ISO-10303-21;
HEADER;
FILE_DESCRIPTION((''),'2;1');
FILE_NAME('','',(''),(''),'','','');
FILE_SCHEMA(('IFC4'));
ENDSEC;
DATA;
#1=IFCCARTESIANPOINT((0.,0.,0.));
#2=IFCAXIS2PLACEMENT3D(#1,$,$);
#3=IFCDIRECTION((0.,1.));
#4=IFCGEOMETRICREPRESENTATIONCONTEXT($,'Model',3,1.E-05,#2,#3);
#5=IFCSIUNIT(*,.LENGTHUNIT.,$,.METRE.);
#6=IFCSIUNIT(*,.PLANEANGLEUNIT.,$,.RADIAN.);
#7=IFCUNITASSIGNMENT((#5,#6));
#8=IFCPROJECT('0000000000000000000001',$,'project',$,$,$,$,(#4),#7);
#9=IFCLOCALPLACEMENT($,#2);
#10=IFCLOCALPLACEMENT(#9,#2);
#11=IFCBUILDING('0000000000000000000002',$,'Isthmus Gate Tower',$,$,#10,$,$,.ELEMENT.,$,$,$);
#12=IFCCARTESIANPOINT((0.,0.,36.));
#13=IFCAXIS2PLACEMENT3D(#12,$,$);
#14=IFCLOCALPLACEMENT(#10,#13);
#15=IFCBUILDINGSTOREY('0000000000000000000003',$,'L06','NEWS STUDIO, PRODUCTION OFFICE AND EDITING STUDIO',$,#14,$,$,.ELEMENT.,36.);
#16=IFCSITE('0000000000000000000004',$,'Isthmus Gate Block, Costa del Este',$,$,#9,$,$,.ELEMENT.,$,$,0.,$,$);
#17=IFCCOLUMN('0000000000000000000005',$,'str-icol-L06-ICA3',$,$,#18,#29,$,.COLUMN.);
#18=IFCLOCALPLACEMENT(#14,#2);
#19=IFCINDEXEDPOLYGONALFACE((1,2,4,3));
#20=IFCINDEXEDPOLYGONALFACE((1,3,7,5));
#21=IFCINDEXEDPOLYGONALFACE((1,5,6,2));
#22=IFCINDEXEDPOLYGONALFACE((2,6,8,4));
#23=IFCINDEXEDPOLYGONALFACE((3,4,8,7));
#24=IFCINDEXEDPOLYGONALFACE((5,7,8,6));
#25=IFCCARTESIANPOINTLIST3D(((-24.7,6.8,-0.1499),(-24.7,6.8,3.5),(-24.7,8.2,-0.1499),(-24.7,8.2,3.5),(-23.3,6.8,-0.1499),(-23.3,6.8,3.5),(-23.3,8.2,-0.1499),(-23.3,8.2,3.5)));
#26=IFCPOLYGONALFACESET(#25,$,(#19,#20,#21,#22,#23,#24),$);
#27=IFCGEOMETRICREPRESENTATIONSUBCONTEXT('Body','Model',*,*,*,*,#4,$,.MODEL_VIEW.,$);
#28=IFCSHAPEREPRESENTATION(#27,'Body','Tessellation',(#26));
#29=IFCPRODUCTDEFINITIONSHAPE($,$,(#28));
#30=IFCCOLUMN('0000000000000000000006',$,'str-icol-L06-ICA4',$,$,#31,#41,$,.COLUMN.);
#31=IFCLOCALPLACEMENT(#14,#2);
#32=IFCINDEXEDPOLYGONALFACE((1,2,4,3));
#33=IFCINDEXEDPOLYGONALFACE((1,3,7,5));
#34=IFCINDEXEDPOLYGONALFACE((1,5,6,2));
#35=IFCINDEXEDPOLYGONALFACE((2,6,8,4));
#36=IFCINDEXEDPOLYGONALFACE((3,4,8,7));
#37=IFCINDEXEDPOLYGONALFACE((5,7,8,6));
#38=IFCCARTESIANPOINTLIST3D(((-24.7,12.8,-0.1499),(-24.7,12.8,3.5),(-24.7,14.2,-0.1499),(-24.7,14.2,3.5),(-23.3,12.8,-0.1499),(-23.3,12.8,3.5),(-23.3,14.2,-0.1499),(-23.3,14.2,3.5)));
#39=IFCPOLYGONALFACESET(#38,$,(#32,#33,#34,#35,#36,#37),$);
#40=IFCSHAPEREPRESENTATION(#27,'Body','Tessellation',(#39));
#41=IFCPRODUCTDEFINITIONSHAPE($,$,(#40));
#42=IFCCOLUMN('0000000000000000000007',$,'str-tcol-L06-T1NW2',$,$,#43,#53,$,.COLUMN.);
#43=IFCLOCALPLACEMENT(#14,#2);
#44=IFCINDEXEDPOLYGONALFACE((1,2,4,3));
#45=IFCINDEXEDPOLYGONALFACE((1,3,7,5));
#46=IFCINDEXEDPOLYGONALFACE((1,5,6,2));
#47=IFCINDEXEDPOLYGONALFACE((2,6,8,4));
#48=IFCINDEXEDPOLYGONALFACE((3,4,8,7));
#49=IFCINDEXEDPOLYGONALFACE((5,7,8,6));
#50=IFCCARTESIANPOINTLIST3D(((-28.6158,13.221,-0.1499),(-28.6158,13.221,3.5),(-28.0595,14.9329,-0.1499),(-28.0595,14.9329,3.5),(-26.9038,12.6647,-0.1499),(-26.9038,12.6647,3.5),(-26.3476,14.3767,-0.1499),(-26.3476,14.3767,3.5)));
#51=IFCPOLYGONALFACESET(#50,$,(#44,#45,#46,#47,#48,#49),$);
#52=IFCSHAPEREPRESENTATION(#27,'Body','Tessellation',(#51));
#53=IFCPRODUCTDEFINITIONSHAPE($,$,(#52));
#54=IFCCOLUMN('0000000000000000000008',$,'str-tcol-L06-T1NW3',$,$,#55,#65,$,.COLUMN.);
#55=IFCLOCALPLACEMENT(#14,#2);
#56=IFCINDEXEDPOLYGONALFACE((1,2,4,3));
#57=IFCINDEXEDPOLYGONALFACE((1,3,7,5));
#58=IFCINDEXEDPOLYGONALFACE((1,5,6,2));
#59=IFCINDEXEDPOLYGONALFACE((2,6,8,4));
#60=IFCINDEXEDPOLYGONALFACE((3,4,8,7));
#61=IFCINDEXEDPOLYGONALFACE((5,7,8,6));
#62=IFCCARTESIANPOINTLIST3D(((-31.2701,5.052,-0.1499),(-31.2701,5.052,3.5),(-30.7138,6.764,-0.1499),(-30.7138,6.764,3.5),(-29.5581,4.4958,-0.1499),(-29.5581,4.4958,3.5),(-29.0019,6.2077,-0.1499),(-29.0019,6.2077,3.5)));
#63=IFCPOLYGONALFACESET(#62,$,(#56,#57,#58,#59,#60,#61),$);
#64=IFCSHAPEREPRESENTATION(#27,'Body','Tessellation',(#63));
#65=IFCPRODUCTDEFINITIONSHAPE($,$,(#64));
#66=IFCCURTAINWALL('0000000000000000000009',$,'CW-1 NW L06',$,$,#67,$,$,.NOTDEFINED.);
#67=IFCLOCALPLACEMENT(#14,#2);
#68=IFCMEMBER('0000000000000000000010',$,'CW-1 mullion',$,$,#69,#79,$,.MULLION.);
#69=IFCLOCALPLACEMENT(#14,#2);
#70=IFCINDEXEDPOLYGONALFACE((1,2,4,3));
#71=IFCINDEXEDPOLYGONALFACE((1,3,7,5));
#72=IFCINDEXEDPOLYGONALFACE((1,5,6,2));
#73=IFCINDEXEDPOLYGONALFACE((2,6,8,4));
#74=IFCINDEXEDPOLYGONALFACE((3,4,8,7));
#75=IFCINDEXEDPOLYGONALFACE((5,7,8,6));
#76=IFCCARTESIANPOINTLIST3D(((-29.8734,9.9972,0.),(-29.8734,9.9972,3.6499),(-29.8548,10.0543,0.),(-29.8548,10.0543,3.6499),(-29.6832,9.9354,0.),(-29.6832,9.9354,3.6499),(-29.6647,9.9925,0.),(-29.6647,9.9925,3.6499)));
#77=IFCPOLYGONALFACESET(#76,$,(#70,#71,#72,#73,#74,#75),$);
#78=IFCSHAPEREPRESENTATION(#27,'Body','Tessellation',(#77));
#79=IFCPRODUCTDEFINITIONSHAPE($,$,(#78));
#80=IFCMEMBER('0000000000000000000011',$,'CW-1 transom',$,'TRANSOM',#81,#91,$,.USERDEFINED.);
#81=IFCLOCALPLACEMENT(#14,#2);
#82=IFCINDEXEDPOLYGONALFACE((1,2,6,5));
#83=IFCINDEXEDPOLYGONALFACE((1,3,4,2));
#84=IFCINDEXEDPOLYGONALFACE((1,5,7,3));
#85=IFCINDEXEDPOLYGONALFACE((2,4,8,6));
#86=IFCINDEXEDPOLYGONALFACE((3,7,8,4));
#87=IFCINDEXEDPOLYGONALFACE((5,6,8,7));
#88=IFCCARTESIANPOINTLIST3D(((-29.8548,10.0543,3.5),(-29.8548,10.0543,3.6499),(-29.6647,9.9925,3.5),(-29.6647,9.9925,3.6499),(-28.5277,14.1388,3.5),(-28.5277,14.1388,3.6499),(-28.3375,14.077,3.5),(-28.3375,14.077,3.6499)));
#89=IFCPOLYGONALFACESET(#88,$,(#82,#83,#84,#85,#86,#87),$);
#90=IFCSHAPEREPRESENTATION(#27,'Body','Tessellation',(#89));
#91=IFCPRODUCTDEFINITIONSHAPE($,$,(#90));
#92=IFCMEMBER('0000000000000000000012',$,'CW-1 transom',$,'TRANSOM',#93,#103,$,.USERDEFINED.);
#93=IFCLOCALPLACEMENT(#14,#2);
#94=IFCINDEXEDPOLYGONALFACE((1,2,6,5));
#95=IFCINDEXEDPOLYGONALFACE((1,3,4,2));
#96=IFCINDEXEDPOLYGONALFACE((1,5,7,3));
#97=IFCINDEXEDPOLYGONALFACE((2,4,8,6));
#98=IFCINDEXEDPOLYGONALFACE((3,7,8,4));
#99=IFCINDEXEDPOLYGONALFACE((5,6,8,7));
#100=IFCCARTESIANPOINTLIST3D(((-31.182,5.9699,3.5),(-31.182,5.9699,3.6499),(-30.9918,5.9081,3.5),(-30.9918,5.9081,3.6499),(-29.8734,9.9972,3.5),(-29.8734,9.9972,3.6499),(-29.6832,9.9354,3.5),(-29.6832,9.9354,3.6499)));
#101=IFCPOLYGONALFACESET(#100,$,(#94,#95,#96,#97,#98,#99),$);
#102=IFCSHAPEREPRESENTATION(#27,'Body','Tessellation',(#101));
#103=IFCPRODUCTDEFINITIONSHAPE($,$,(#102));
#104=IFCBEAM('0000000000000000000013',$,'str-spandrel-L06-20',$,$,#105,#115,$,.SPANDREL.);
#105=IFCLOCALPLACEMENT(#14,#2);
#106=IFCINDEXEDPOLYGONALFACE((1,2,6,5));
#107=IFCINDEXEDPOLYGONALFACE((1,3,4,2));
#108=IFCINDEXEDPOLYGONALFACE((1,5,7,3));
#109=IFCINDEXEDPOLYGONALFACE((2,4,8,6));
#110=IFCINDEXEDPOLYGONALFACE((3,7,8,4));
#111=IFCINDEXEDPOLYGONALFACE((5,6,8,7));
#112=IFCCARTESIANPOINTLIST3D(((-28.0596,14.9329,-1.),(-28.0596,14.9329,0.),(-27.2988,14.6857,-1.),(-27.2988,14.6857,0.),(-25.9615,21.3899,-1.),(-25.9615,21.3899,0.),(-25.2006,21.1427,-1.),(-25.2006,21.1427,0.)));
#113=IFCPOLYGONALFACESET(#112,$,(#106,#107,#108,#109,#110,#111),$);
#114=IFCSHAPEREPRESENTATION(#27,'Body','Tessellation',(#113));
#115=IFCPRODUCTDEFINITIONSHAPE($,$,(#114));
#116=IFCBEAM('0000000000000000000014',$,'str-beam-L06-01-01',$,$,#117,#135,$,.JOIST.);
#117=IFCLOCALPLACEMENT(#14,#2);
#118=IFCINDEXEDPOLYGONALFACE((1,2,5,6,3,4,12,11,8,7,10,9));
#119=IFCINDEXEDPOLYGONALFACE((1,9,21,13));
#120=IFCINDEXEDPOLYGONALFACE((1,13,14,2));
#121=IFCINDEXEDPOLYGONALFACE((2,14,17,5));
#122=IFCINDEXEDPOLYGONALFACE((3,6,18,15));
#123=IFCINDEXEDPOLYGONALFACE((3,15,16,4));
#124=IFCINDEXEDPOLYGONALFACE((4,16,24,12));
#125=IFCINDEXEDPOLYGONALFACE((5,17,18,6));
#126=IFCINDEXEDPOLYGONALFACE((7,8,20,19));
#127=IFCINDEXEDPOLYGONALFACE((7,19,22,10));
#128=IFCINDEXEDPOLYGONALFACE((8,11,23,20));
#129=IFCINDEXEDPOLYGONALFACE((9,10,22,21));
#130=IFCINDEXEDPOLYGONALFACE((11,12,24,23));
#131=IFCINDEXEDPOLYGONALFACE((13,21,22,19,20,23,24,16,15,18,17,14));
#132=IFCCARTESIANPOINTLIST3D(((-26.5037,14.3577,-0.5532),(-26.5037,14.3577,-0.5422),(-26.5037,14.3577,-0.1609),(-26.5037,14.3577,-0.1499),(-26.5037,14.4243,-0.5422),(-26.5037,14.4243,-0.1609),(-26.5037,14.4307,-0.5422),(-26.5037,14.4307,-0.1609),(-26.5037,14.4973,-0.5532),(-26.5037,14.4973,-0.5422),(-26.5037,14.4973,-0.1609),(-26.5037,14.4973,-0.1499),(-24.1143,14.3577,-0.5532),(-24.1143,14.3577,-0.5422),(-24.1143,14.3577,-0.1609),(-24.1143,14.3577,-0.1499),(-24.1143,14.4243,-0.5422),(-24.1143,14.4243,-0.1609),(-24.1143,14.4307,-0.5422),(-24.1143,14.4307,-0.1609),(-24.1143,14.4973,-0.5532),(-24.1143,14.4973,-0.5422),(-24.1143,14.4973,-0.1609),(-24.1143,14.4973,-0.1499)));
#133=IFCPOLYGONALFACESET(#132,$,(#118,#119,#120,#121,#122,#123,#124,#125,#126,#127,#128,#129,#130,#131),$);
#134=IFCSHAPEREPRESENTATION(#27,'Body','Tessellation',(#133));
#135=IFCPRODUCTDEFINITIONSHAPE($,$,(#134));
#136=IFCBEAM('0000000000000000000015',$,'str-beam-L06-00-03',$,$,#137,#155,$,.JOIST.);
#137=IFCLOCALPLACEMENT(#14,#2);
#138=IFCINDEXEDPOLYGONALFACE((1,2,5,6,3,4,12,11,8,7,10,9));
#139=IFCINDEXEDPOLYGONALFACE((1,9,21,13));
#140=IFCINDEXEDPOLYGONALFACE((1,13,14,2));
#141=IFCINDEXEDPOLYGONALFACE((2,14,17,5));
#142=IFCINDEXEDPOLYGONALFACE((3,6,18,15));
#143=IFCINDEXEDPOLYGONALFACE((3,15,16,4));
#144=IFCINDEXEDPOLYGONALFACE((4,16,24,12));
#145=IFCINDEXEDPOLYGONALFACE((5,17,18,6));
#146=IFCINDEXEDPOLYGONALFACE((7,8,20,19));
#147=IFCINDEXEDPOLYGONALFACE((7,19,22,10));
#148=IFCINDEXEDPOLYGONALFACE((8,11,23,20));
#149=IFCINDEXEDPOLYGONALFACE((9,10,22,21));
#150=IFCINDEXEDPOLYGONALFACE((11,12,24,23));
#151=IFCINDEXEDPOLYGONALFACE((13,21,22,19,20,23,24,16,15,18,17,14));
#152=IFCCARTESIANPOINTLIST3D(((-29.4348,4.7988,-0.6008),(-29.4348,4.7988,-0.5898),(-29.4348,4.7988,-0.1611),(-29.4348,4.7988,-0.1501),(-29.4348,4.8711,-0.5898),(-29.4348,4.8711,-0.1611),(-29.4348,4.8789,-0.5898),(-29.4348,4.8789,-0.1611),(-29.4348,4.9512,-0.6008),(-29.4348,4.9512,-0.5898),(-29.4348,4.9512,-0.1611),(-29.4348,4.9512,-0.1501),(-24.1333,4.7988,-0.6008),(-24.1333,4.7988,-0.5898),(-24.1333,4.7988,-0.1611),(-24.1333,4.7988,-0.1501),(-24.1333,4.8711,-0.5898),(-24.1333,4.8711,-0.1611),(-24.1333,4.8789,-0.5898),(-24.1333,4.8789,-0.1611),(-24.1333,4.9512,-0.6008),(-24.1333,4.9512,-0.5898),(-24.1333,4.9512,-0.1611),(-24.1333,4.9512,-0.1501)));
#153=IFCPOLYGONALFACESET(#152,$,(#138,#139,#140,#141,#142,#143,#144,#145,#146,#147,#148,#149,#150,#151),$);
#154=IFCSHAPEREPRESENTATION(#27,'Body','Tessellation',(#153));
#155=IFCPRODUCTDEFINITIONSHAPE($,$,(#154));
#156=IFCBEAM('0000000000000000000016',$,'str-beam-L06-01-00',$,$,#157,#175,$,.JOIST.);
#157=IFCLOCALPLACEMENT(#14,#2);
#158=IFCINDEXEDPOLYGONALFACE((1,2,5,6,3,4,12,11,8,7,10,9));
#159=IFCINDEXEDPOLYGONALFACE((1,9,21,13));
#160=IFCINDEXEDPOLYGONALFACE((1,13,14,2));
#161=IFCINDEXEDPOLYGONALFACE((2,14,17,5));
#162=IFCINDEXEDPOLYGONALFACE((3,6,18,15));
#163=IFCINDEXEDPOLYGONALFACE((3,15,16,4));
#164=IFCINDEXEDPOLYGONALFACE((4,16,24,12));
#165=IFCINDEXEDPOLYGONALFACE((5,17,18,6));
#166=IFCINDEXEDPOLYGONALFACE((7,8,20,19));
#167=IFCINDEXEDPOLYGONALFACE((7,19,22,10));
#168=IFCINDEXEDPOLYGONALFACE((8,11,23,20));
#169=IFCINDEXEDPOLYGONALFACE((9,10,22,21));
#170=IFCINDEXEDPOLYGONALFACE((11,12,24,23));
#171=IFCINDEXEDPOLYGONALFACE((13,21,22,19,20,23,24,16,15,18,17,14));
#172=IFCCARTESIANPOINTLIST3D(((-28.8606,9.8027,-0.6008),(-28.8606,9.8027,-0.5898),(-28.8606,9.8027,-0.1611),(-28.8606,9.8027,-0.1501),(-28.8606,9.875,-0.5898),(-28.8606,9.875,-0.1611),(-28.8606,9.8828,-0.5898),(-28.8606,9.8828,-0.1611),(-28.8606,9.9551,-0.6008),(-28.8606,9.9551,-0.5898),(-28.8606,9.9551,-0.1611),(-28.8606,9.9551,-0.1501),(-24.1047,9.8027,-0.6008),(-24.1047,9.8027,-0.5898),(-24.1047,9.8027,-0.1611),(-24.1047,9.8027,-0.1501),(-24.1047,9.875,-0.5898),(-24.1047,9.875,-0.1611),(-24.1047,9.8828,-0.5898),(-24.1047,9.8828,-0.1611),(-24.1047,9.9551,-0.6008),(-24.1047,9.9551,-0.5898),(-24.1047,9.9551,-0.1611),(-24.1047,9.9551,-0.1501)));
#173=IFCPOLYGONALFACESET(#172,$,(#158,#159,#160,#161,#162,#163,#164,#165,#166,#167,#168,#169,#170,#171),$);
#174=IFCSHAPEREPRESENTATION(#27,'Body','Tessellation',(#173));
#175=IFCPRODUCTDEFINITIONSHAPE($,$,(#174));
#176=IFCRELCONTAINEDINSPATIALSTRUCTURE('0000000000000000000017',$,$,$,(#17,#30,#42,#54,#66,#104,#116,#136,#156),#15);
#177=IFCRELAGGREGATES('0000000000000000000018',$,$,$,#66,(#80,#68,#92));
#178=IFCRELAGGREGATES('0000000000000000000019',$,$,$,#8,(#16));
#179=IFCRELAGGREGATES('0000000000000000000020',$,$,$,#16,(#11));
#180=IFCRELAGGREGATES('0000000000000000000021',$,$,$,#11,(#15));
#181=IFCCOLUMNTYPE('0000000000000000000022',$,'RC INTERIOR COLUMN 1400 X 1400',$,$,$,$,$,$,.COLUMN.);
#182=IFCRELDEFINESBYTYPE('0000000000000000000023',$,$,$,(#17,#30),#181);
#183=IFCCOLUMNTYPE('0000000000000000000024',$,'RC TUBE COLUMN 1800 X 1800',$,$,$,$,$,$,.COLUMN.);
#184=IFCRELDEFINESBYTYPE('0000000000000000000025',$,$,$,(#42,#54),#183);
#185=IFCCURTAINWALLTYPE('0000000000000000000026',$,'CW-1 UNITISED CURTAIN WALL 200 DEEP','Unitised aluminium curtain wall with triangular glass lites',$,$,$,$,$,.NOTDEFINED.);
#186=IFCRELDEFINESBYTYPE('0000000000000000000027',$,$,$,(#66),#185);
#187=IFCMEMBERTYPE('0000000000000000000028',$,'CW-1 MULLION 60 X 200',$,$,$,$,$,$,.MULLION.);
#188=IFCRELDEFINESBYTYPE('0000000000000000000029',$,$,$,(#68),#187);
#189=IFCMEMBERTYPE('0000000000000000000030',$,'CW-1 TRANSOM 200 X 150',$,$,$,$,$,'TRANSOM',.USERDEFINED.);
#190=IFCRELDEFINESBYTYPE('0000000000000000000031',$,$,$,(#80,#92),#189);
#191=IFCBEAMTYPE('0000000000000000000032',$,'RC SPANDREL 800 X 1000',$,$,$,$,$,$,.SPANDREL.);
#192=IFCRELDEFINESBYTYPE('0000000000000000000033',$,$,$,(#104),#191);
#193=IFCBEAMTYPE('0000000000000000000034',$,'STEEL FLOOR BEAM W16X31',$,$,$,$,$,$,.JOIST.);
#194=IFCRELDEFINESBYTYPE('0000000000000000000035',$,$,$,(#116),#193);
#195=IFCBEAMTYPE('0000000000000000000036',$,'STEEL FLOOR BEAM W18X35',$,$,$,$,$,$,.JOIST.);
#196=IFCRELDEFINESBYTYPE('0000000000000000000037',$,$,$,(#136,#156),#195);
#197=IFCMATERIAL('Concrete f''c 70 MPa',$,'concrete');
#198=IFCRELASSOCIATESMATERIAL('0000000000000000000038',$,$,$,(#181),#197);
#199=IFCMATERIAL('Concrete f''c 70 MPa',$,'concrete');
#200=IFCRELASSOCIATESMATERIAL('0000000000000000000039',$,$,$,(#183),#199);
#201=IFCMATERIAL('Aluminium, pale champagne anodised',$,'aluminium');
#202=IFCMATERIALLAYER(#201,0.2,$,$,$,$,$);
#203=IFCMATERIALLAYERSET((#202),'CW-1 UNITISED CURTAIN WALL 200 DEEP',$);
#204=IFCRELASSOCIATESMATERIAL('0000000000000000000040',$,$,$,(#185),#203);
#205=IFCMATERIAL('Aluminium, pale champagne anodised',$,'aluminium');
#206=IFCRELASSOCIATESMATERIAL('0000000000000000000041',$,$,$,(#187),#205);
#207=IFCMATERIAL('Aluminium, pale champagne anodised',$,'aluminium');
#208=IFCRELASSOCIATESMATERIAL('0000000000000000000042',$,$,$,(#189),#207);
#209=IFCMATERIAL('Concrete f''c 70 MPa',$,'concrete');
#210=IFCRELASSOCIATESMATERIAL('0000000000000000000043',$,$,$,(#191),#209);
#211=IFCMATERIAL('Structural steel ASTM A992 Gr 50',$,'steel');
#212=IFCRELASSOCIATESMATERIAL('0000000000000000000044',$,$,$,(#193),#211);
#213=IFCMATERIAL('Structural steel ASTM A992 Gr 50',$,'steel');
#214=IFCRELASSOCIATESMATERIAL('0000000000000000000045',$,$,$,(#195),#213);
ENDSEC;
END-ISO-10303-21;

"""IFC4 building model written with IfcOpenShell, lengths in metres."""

from ifc_helpers import new_model, si_unit, direction, frame, origin, origin_2d, place, context, subcontext, project, spatial, rectangle, i_section, extrude, material, layer, layer_set, material_profile, profile_set, type_object, element, aggregate, save


model = new_model("IFC4")

# Units and contexts
model_context = context("Model", 3, precision=1e-05, world=origin(), true_north=direction((0.0, 1.0)))
body_context = subcontext(model_context, "Body", "Model", "MODEL_VIEW")
ifc_project = project(units=[si_unit("LENGTHUNIT", "METRE"), si_unit("PLANEANGLEUNIT", "RADIAN")], contexts=[model_context])

# Site, building, storey
site_placement = place(None, origin())
site = spatial("IfcSite", under=ifc_project, at=site_placement, Name="Isthmus Gate Block, Costa del Este", CompositionType="ELEMENT", RefElevation=0.0)
building_placement = place(site_placement, origin())
building = spatial("IfcBuilding", under=site, at=building_placement, Name="Isthmus Gate Tower", CompositionType="ELEMENT")
storey_placement = place(building_placement, frame((0.0, 0.0, 36.0)))
storey = spatial("IfcBuildingStorey", under=building, at=storey_placement, Name="L06", Description="NEWS STUDIO, PRODUCTION OFFICE AND EDITING STUDIO", CompositionType="ELEMENT", Elevation=36.0)

# Columns
ifc_material_1 = material(Name="Concrete f'c 70 MPa", Category="concrete")
ifc_material_profile_1 = material_profile(ifc_material_1, rectangle(XDim=1.3999, YDim=1.3999, at=origin_2d()), Name="RC 1400X1400")
ifc_profile_set_1 = profile_set([ifc_material_profile_1], Name="Concrete f'c 70 MPa")
column_type_1 = type_object("IfcColumnType", Name="RC INTERIOR COLUMN 1400 X 1400", PredefinedType="COLUMN", material=ifc_profile_set_1)
for number, where, z_axis, x_axis, name in (
    (1, (-24.0, 7.5, -0.1499), (0.0, 0.0, 1.0), (1.0, 0.0, 0.0), "str-icol-L06-ICA3"),
    (2, (-24.0, 13.5, -0.1499), (0.0, 0.0, 1.0), (1.0, 0.0, 0.0), "str-icol-L06-ICA4"),
):
    element("IfcColumn", number, at=place(storey_placement, frame(where, z_axis=z_axis, x_axis=x_axis)), inside=storey, type_object=column_type_1, Name=name, PredefinedType="COLUMN", context=body_context, shape_type="SweptSolid", body=[
        extrude(rectangle(XDim=1.3999, YDim=1.3999, at=origin_2d()), origin(), (0.0, 0.0, 1.0), 3.6499),
    ])
ifc_material_2 = material(Name="Concrete f'c 70 MPa", Category="concrete")
ifc_material_profile_2 = material_profile(ifc_material_2, rectangle(XDim=1.8, YDim=1.8, at=origin_2d()), Name="RC 1800X1800")
ifc_profile_set_2 = profile_set([ifc_material_profile_2], Name="Concrete f'c 70 MPa")
column_type_2 = type_object("IfcColumnType", Name="RC TUBE COLUMN 1800 X 1800", PredefinedType="COLUMN", material=ifc_profile_set_2)
for number, where, z_axis, x_axis, name in (
    (3, (-27.4817, 13.7988, -0.1499), (0.0, 0.0, 1.0), (-0.309017, -0.951057, 0.0), "str-tcol-L06-T1NW2"),
    (4, (-30.136, 5.6299, -0.1499), (0.0, 0.0, 1.0), (-0.309017, -0.951057, 0.0), "str-tcol-L06-T1NW3"),
):
    element("IfcColumn", number, at=place(storey_placement, frame(where, z_axis=z_axis, x_axis=x_axis)), inside=storey, type_object=column_type_2, Name=name, PredefinedType="COLUMN", context=body_context, shape_type="SweptSolid", body=[
        extrude(rectangle(XDim=1.8, YDim=1.8, at=origin_2d()), origin(), (0.0, 0.0, 1.0), 3.6499),
    ])

# Curtain wall, members
ifc_material_3 = material(Name="Aluminium, pale champagne anodised", Category="aluminium")
ifc_layer_1 = layer(ifc_material_3, 0.2)
ifc_layer_set_1 = layer_set([ifc_layer_1], Name="CW-1 UNITISED CURTAIN WALL 200 DEEP")
curtain_wall_type = type_object("IfcCurtainWallType", Name="CW-1 UNITISED CURTAIN WALL 200 DEEP", Description="Unitised aluminium curtain wall with triangular glass lites", PredefinedType="NOTDEFINED", material=ifc_layer_set_1)
curtain_wall_placement = place(storey_placement, origin())
curtain_wall = element("IfcCurtainWall", 5, at=curtain_wall_placement, inside=storey, type_object=curtain_wall_type, Name="CW-1 NW L06", PredefinedType="NOTDEFINED")
ifc_material_4 = material(Name="Aluminium, pale champagne anodised", Category="aluminium")
ifc_material_profile_3 = material_profile(ifc_material_4, rectangle(XDim=0.0601, YDim=0.2, at=origin_2d()), Name="60x200")
ifc_profile_set_3 = profile_set([ifc_material_profile_3], Name="Aluminium, pale champagne anodised")
member_type_1 = type_object("IfcMemberType", Name="CW-1 MULLION 60 X 200", PredefinedType="MULLION", material=ifc_profile_set_3)
member_1_placement = place(storey_placement, frame((-29.769, 9.9949, 0.0), z_axis=(0.0, 0.0, 1.0), x_axis=(-0.309017, -0.951057, 0.0)))
member_1 = element("IfcMember", 6, at=member_1_placement, type_object=member_type_1, Name="CW-1 mullion", PredefinedType="MULLION", context=body_context, shape_type="SweptSolid", body=[
    extrude(rectangle(XDim=0.0601, YDim=0.2, at=origin_2d()), origin(), (0.0, 0.0, 1.0), 3.6499),
])
ifc_material_5 = material(Name="Aluminium, pale champagne anodised", Category="aluminium")
ifc_material_profile_4 = material_profile(ifc_material_5, rectangle(XDim=0.2, YDim=0.1499, at=origin_2d()), Name="200x150")
ifc_profile_set_4 = profile_set([ifc_material_profile_4], Name="Aluminium, pale champagne anodised")
member_type_2 = type_object("IfcMemberType", Name="CW-1 TRANSOM 200 X 150", ElementType="TRANSOM", PredefinedType="USERDEFINED", material=ifc_profile_set_4)
member_2_placement = place(storey_placement, frame((-28.4326, 14.1079, 3.575), z_axis=(-0.309022, -0.951055, 0.0), x_axis=(0.951055, -0.309022, 0.0)))
member_2 = element("IfcMember", 7, at=member_2_placement, type_object=member_type_2, Name="CW-1 transom", ObjectType="TRANSOM", PredefinedType="USERDEFINED", context=body_context, shape_type="SweptSolid", body=[
    extrude(rectangle(XDim=0.2, YDim=0.1499, at=origin_2d()), origin(), (0.0, 0.0, 1.0), 4.2947),
])
member_3_placement = place(storey_placement, frame((-29.7783, 9.9663, 3.575), z_axis=(-0.309023, -0.951054, 0.0), x_axis=(0.951054, -0.309023, 0.0)))
member_3 = element("IfcMember", 8, at=member_3_placement, type_object=member_type_2, Name="CW-1 transom", ObjectType="TRANSOM", PredefinedType="USERDEFINED", context=body_context, shape_type="SweptSolid", body=[
    extrude(rectangle(XDim=0.2, YDim=0.1499, at=origin_2d()), origin(), (0.0, 0.0, 1.0), 4.2346),
])

# Beams
ifc_material_6 = material(Name="Concrete f'c 70 MPa", Category="concrete")
ifc_material_profile_5 = material_profile(ifc_material_6, rectangle(XDim=0.8, YDim=1.0, at=origin_2d()), Name="RC 800X1000")
ifc_profile_set_5 = profile_set([ifc_material_profile_5], Name="Concrete f'c 70 MPa")
beam_type_1 = type_object("IfcBeamType", Name="RC SPANDREL 800 X 1000", PredefinedType="SPANDREL", material=ifc_profile_set_5)
beam_1_placement = place(storey_placement, frame((-27.6792, 14.8093, -0.5), z_axis=(0.309034, 0.951051, 0.0), x_axis=(-0.951051, 0.309034, 0.0)))
element("IfcBeam", 9, at=beam_1_placement, inside=storey, type_object=beam_type_1, Name="str-spandrel-L06-20", PredefinedType="SPANDREL", context=body_context, shape_type="SweptSolid", body=[
    extrude(rectangle(XDim=0.8, YDim=1.0, at=origin_2d()), origin(), (0.0, 0.0, 1.0), 6.7893),
])
ifc_material_7 = material(Name="Structural steel ASTM A992 Gr 50", Category="steel")
ifc_material_profile_6 = material_profile(ifc_material_7, i_section(OverallWidth=0.1396, OverallDepth=0.4033, WebThickness=0.0063, FlangeThickness=0.011, at=origin_2d()), Name="W16X31")
ifc_profile_set_6 = profile_set([ifc_material_profile_6], Name="Structural steel ASTM A992 Gr 50")
beam_type_2 = type_object("IfcBeamType", Name="STEEL FLOOR BEAM W16X31", PredefinedType="JOIST", material=ifc_profile_set_6)
beam_2_placement = place(storey_placement, frame((-26.5037, 14.4275, -0.3516), z_axis=(1.0, 0.0, 0.0), x_axis=(0.0, 1.0, 0.0)))
element("IfcBeam", 10, at=beam_2_placement, inside=storey, type_object=beam_type_2, Name="str-beam-L06-01-01", PredefinedType="JOIST", context=body_context, shape_type="SweptSolid", body=[
    extrude(i_section(OverallWidth=0.1396, OverallDepth=0.4033, WebThickness=0.0063, FlangeThickness=0.011, at=origin_2d()), origin(), (0.0, 0.0, 1.0), 2.3894),
])
ifc_material_8 = material(Name="Structural steel ASTM A992 Gr 50", Category="steel")
ifc_material_profile_7 = material_profile(ifc_material_8, i_section(OverallWidth=0.1523, OverallDepth=0.4507, WebThickness=0.0078, FlangeThickness=0.011, at=origin_2d()), Name="W18X35")
ifc_profile_set_7 = profile_set([ifc_material_profile_7], Name="Structural steel ASTM A992 Gr 50")
beam_type_3 = type_object("IfcBeamType", Name="STEEL FLOOR BEAM W18X35", PredefinedType="JOIST", material=ifc_profile_set_7)
beam_3_placement = place(storey_placement, frame((-29.4348, 4.875, -0.3755), z_axis=(1.0, 0.0, 0.0), x_axis=(0.0, 1.0, 0.0)))
element("IfcBeam", 11, at=beam_3_placement, inside=storey, type_object=beam_type_3, Name="str-beam-L06-00-03", PredefinedType="JOIST", context=body_context, shape_type="SweptSolid", body=[
    extrude(i_section(OverallWidth=0.1523, OverallDepth=0.4507, WebThickness=0.0078, FlangeThickness=0.011, at=origin_2d()), origin(), (0.0, 0.0, 1.0), 5.3015),
])
beam_4_placement = place(storey_placement, frame((-28.8606, 9.8789, -0.3755), z_axis=(1.0, 0.0, 0.0), x_axis=(0.0, 1.0, 0.0)))
element("IfcBeam", 12, at=beam_4_placement, inside=storey, type_object=beam_type_3, Name="str-beam-L06-01-00", PredefinedType="JOIST", context=body_context, shape_type="SweptSolid", body=[
    extrude(i_section(OverallWidth=0.1523, OverallDepth=0.4507, WebThickness=0.0078, FlangeThickness=0.011, at=origin_2d()), origin(), (0.0, 0.0, 1.0), 4.7559),
])

aggregate(curtain_wall, [member_2, member_1, member_3])

save(model, "model.ifc")
